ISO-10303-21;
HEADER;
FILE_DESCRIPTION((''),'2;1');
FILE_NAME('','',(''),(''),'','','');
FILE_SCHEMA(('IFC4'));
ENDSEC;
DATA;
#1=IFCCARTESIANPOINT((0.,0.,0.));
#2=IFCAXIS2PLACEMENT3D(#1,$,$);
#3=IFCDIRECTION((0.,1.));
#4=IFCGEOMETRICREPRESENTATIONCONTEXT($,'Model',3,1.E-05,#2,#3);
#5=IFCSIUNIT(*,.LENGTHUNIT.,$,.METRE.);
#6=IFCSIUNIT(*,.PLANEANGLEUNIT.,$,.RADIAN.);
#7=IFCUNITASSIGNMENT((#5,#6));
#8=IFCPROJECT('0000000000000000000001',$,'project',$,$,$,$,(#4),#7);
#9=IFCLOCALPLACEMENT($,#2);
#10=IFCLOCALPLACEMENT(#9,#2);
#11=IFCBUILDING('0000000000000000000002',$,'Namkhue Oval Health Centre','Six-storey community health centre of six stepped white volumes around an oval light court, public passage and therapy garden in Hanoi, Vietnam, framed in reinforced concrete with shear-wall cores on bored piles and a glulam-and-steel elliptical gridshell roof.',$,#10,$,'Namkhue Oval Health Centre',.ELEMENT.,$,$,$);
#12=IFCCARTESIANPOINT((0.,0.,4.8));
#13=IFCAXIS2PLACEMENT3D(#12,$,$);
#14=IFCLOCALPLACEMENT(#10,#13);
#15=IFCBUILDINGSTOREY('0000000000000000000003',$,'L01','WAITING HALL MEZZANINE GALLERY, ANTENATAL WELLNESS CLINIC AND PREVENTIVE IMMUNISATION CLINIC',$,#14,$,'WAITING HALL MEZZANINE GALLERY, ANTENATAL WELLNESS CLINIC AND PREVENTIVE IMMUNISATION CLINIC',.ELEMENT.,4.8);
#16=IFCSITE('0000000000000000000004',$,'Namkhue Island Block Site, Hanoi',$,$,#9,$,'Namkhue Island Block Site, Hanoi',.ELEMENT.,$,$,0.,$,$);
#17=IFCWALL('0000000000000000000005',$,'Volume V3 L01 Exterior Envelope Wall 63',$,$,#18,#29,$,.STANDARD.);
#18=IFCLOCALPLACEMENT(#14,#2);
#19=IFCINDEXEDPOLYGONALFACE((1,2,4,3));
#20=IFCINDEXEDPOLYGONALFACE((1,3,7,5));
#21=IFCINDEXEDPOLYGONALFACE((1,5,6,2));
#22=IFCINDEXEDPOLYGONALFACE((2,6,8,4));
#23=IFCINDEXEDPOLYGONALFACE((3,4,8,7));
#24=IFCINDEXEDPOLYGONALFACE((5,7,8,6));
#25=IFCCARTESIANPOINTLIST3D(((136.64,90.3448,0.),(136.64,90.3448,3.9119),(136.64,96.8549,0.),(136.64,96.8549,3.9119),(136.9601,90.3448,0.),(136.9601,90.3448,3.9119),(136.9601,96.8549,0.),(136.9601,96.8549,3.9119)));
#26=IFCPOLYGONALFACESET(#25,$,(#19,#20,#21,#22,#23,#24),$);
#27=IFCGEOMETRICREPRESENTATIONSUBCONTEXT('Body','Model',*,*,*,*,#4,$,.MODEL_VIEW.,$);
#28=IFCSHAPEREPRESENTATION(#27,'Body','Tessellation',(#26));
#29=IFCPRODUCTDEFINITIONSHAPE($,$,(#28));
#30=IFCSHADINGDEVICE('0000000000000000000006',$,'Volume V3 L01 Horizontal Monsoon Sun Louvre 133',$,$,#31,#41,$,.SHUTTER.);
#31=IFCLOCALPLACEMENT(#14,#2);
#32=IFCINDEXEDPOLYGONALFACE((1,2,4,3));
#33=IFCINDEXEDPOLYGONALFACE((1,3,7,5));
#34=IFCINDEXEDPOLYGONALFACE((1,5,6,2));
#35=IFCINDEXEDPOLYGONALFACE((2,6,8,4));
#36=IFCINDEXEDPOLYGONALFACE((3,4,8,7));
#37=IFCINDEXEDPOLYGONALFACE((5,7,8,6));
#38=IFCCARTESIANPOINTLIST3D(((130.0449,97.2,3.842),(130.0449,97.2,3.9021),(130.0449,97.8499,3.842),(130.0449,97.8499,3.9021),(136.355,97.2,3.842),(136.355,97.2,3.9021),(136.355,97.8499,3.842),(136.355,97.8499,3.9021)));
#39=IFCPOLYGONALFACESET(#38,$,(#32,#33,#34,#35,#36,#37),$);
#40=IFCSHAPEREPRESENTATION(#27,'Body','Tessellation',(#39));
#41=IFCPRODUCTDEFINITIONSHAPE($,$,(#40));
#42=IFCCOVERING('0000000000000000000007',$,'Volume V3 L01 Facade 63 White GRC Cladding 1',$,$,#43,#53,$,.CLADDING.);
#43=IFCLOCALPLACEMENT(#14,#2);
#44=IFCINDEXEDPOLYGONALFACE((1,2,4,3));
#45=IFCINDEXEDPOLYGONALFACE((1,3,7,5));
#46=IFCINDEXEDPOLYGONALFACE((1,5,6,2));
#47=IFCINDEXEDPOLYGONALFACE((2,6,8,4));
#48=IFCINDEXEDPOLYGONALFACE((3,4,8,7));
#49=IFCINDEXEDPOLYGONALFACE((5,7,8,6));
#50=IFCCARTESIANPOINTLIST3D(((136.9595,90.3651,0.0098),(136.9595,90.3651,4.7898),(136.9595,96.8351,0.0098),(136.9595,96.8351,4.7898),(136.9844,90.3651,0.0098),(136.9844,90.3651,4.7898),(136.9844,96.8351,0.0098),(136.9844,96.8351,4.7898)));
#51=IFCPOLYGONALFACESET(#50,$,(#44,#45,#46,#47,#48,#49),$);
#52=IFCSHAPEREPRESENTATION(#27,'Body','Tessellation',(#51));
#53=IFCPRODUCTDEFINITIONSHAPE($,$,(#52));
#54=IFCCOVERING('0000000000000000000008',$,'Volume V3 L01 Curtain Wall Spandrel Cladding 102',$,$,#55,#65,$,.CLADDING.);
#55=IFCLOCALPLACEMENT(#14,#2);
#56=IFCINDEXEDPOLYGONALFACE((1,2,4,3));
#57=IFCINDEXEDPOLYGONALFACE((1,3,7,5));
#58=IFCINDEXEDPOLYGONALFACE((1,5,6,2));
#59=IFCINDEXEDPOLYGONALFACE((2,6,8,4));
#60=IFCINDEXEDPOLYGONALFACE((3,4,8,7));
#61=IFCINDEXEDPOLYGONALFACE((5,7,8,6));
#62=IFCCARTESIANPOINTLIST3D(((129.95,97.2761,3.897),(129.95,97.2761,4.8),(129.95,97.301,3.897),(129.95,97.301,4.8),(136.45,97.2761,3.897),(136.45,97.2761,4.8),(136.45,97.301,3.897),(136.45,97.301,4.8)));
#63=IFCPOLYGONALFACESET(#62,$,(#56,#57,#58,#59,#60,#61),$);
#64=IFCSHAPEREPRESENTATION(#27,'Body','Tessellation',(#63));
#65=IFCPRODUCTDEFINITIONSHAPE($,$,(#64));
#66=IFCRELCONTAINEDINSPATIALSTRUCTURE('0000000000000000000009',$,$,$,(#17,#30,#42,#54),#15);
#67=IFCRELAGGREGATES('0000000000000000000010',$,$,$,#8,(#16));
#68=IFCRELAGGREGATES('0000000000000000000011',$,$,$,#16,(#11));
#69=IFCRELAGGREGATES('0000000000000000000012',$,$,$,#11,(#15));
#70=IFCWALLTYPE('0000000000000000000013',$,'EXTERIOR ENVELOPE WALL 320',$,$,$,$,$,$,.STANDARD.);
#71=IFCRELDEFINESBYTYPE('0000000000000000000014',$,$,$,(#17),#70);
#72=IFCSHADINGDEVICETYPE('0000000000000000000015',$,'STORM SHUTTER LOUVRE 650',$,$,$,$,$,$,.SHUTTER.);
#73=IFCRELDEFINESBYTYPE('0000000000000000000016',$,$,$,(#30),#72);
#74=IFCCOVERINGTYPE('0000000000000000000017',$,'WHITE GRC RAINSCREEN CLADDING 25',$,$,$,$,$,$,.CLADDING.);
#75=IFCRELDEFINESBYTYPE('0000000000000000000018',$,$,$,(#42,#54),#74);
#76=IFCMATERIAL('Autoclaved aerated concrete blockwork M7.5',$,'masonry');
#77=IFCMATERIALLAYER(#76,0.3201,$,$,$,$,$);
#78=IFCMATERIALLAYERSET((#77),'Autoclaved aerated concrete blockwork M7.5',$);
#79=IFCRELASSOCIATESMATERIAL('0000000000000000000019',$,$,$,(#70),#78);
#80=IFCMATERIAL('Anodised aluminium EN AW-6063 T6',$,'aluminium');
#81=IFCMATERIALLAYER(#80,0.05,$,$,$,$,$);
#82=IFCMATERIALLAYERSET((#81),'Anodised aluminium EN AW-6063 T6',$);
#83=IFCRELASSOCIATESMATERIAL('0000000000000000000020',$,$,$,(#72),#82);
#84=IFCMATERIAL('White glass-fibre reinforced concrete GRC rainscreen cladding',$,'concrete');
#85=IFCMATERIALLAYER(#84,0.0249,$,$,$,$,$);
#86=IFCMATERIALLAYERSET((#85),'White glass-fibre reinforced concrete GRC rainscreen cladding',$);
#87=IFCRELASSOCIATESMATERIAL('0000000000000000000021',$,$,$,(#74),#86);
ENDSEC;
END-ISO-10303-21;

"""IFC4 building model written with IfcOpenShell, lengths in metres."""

from ifc_helpers import new_model, si_unit, direction, frame, frame_2d, origin, origin_2d, place, context, subcontext, project, spatial, rectangle, extrude, material, layer, layer_set, type_object, element, save


model = new_model("IFC4")

# Units and contexts
model_context = context("Model", 3, precision=1e-05, world=origin(), true_north=direction((0.0, 1.0)))
body_context = subcontext(model_context, "Body", "Model", "MODEL_VIEW")
ifc_project = project(units=[si_unit("LENGTHUNIT", "METRE"), si_unit("PLANEANGLEUNIT", "RADIAN")], contexts=[model_context])

# Site, building, storey
site_placement = place(None, origin())
site = spatial("IfcSite", under=ifc_project, at=site_placement, Name="Namkhue Island Block Site, Hanoi", LongName="Namkhue Island Block Site, Hanoi", CompositionType="ELEMENT", RefElevation=0.0)
building_placement = place(site_placement, origin())
building = spatial("IfcBuilding", under=site, at=building_placement, Name="Namkhue Oval Health Centre", Description="Six-storey community health centre of six stepped white volumes around an oval light court, public passage and therapy garden in Hanoi, Vietnam, framed in reinforced concrete with shear-wall cores on bored piles and a glulam-and-steel elliptical gridshell roof.", LongName="Namkhue Oval Health Centre", CompositionType="ELEMENT")
storey_placement = place(building_placement, frame((0.0, 0.0, 4.8)))
storey = spatial("IfcBuildingStorey", under=building, at=storey_placement, Name="L01", Description="WAITING HALL MEZZANINE GALLERY, ANTENATAL WELLNESS CLINIC AND PREVENTIVE IMMUNISATION CLINIC", LongName="WAITING HALL MEZZANINE GALLERY, ANTENATAL WELLNESS CLINIC AND PREVENTIVE IMMUNISATION CLINIC", CompositionType="ELEMENT", Elevation=4.8)

# Shared definitions
ifc_material_1 = material(Name="Anodised aluminium EN AW-6063 T6", Category="aluminium")

# Wall
ifc_material_2 = material(Name="Autoclaved aerated concrete blockwork M7.5", Category="masonry")
ifc_layer_1 = layer(ifc_material_2, 0.3201)
ifc_layer_set_1 = layer_set([ifc_layer_1], Name="Autoclaved aerated concrete blockwork M7.5")
wall_type = type_object("IfcWallType", Name="EXTERIOR ENVELOPE WALL 320", PredefinedType="STANDARD", material=ifc_layer_set_1)
wall_placement = place(storey_placement, frame((136.8, 90.345, 0.0), z_axis=(0.0, 0.0, 1.0), x_axis=(0.0, 1.0, 0.0)))
element("IfcWall", 1, at=wall_placement, inside=storey, type_object=wall_type, Name="Volume V3 L01 Exterior Envelope Wall 63", PredefinedType="STANDARD", context=body_context, shape_type="SweptSolid", body=[
    extrude(rectangle(XDim=6.51, YDim=0.3201, at=frame_2d((3.2549, 0.0))), origin(), (0.0, 0.0, 1.0), 3.9119),
])

# Shading device
ifc_layer_2 = layer(ifc_material_1, 0.05)
ifc_layer_set_2 = layer_set([ifc_layer_2], Name="Anodised aluminium EN AW-6063 T6")
shading_device_type = type_object("IfcShadingDeviceType", Name="STORM SHUTTER LOUVRE 650", PredefinedType="SHUTTER", material=ifc_layer_set_2)
shading_device_placement = place(storey_placement, frame((133.2, 97.5249, 3.842), z_axis=(0.0, 0.0, 1.0), x_axis=(-1.0, 0.0, 0.0)))
element("IfcShadingDevice", 2, at=shading_device_placement, inside=storey, type_object=shading_device_type, Name="Volume V3 L01 Horizontal Monsoon Sun Louvre 133", PredefinedType="SHUTTER", context=body_context, shape_type="SweptSolid", body=[
    extrude(rectangle(XDim=6.3101, YDim=0.6499, at=origin_2d()), origin(), (0.0, 0.0, 1.0), 0.0601),
])

# Coverings
ifc_material_3 = material(Name="White glass-fibre reinforced concrete GRC rainscreen cladding", Category="concrete")
ifc_layer_3 = layer(ifc_material_3, 0.0249)
ifc_layer_set_3 = layer_set([ifc_layer_3], Name="White glass-fibre reinforced concrete GRC rainscreen cladding")
covering_type = type_object("IfcCoveringType", Name="WHITE GRC RAINSCREEN CLADDING 25", PredefinedType="CLADDING", material=ifc_layer_set_3)
covering_1_placement = place(storey_placement, frame((136.9719, 93.6001, 0.0098), z_axis=(0.0, 0.0, 1.0), x_axis=(0.0, 1.0, 0.0)))
element("IfcCovering", 3, at=covering_1_placement, inside=storey, type_object=covering_type, Name="Volume V3 L01 Facade 63 White GRC Cladding 1", PredefinedType="CLADDING", context=body_context, shape_type="SweptSolid", body=[
    extrude(rectangle(XDim=6.47, YDim=0.0249, at=origin_2d()), origin(), (0.0, 0.0, 1.0), 4.78),
])
covering_2_placement = place(storey_placement, frame((133.2, 97.2886, 3.897), z_axis=(0.0, 0.0, 1.0), x_axis=(-1.0, 0.0, 0.0)))
element("IfcCovering", 4, at=covering_2_placement, inside=storey, type_object=covering_type, Name="Volume V3 L01 Curtain Wall Spandrel Cladding 102", PredefinedType="CLADDING", context=body_context, shape_type="SweptSolid", body=[
    extrude(rectangle(XDim=6.5, YDim=0.0249, at=origin_2d()), origin(), (0.0, 0.0, 1.0), 0.9031),
])

save(model, "model.ifc")
